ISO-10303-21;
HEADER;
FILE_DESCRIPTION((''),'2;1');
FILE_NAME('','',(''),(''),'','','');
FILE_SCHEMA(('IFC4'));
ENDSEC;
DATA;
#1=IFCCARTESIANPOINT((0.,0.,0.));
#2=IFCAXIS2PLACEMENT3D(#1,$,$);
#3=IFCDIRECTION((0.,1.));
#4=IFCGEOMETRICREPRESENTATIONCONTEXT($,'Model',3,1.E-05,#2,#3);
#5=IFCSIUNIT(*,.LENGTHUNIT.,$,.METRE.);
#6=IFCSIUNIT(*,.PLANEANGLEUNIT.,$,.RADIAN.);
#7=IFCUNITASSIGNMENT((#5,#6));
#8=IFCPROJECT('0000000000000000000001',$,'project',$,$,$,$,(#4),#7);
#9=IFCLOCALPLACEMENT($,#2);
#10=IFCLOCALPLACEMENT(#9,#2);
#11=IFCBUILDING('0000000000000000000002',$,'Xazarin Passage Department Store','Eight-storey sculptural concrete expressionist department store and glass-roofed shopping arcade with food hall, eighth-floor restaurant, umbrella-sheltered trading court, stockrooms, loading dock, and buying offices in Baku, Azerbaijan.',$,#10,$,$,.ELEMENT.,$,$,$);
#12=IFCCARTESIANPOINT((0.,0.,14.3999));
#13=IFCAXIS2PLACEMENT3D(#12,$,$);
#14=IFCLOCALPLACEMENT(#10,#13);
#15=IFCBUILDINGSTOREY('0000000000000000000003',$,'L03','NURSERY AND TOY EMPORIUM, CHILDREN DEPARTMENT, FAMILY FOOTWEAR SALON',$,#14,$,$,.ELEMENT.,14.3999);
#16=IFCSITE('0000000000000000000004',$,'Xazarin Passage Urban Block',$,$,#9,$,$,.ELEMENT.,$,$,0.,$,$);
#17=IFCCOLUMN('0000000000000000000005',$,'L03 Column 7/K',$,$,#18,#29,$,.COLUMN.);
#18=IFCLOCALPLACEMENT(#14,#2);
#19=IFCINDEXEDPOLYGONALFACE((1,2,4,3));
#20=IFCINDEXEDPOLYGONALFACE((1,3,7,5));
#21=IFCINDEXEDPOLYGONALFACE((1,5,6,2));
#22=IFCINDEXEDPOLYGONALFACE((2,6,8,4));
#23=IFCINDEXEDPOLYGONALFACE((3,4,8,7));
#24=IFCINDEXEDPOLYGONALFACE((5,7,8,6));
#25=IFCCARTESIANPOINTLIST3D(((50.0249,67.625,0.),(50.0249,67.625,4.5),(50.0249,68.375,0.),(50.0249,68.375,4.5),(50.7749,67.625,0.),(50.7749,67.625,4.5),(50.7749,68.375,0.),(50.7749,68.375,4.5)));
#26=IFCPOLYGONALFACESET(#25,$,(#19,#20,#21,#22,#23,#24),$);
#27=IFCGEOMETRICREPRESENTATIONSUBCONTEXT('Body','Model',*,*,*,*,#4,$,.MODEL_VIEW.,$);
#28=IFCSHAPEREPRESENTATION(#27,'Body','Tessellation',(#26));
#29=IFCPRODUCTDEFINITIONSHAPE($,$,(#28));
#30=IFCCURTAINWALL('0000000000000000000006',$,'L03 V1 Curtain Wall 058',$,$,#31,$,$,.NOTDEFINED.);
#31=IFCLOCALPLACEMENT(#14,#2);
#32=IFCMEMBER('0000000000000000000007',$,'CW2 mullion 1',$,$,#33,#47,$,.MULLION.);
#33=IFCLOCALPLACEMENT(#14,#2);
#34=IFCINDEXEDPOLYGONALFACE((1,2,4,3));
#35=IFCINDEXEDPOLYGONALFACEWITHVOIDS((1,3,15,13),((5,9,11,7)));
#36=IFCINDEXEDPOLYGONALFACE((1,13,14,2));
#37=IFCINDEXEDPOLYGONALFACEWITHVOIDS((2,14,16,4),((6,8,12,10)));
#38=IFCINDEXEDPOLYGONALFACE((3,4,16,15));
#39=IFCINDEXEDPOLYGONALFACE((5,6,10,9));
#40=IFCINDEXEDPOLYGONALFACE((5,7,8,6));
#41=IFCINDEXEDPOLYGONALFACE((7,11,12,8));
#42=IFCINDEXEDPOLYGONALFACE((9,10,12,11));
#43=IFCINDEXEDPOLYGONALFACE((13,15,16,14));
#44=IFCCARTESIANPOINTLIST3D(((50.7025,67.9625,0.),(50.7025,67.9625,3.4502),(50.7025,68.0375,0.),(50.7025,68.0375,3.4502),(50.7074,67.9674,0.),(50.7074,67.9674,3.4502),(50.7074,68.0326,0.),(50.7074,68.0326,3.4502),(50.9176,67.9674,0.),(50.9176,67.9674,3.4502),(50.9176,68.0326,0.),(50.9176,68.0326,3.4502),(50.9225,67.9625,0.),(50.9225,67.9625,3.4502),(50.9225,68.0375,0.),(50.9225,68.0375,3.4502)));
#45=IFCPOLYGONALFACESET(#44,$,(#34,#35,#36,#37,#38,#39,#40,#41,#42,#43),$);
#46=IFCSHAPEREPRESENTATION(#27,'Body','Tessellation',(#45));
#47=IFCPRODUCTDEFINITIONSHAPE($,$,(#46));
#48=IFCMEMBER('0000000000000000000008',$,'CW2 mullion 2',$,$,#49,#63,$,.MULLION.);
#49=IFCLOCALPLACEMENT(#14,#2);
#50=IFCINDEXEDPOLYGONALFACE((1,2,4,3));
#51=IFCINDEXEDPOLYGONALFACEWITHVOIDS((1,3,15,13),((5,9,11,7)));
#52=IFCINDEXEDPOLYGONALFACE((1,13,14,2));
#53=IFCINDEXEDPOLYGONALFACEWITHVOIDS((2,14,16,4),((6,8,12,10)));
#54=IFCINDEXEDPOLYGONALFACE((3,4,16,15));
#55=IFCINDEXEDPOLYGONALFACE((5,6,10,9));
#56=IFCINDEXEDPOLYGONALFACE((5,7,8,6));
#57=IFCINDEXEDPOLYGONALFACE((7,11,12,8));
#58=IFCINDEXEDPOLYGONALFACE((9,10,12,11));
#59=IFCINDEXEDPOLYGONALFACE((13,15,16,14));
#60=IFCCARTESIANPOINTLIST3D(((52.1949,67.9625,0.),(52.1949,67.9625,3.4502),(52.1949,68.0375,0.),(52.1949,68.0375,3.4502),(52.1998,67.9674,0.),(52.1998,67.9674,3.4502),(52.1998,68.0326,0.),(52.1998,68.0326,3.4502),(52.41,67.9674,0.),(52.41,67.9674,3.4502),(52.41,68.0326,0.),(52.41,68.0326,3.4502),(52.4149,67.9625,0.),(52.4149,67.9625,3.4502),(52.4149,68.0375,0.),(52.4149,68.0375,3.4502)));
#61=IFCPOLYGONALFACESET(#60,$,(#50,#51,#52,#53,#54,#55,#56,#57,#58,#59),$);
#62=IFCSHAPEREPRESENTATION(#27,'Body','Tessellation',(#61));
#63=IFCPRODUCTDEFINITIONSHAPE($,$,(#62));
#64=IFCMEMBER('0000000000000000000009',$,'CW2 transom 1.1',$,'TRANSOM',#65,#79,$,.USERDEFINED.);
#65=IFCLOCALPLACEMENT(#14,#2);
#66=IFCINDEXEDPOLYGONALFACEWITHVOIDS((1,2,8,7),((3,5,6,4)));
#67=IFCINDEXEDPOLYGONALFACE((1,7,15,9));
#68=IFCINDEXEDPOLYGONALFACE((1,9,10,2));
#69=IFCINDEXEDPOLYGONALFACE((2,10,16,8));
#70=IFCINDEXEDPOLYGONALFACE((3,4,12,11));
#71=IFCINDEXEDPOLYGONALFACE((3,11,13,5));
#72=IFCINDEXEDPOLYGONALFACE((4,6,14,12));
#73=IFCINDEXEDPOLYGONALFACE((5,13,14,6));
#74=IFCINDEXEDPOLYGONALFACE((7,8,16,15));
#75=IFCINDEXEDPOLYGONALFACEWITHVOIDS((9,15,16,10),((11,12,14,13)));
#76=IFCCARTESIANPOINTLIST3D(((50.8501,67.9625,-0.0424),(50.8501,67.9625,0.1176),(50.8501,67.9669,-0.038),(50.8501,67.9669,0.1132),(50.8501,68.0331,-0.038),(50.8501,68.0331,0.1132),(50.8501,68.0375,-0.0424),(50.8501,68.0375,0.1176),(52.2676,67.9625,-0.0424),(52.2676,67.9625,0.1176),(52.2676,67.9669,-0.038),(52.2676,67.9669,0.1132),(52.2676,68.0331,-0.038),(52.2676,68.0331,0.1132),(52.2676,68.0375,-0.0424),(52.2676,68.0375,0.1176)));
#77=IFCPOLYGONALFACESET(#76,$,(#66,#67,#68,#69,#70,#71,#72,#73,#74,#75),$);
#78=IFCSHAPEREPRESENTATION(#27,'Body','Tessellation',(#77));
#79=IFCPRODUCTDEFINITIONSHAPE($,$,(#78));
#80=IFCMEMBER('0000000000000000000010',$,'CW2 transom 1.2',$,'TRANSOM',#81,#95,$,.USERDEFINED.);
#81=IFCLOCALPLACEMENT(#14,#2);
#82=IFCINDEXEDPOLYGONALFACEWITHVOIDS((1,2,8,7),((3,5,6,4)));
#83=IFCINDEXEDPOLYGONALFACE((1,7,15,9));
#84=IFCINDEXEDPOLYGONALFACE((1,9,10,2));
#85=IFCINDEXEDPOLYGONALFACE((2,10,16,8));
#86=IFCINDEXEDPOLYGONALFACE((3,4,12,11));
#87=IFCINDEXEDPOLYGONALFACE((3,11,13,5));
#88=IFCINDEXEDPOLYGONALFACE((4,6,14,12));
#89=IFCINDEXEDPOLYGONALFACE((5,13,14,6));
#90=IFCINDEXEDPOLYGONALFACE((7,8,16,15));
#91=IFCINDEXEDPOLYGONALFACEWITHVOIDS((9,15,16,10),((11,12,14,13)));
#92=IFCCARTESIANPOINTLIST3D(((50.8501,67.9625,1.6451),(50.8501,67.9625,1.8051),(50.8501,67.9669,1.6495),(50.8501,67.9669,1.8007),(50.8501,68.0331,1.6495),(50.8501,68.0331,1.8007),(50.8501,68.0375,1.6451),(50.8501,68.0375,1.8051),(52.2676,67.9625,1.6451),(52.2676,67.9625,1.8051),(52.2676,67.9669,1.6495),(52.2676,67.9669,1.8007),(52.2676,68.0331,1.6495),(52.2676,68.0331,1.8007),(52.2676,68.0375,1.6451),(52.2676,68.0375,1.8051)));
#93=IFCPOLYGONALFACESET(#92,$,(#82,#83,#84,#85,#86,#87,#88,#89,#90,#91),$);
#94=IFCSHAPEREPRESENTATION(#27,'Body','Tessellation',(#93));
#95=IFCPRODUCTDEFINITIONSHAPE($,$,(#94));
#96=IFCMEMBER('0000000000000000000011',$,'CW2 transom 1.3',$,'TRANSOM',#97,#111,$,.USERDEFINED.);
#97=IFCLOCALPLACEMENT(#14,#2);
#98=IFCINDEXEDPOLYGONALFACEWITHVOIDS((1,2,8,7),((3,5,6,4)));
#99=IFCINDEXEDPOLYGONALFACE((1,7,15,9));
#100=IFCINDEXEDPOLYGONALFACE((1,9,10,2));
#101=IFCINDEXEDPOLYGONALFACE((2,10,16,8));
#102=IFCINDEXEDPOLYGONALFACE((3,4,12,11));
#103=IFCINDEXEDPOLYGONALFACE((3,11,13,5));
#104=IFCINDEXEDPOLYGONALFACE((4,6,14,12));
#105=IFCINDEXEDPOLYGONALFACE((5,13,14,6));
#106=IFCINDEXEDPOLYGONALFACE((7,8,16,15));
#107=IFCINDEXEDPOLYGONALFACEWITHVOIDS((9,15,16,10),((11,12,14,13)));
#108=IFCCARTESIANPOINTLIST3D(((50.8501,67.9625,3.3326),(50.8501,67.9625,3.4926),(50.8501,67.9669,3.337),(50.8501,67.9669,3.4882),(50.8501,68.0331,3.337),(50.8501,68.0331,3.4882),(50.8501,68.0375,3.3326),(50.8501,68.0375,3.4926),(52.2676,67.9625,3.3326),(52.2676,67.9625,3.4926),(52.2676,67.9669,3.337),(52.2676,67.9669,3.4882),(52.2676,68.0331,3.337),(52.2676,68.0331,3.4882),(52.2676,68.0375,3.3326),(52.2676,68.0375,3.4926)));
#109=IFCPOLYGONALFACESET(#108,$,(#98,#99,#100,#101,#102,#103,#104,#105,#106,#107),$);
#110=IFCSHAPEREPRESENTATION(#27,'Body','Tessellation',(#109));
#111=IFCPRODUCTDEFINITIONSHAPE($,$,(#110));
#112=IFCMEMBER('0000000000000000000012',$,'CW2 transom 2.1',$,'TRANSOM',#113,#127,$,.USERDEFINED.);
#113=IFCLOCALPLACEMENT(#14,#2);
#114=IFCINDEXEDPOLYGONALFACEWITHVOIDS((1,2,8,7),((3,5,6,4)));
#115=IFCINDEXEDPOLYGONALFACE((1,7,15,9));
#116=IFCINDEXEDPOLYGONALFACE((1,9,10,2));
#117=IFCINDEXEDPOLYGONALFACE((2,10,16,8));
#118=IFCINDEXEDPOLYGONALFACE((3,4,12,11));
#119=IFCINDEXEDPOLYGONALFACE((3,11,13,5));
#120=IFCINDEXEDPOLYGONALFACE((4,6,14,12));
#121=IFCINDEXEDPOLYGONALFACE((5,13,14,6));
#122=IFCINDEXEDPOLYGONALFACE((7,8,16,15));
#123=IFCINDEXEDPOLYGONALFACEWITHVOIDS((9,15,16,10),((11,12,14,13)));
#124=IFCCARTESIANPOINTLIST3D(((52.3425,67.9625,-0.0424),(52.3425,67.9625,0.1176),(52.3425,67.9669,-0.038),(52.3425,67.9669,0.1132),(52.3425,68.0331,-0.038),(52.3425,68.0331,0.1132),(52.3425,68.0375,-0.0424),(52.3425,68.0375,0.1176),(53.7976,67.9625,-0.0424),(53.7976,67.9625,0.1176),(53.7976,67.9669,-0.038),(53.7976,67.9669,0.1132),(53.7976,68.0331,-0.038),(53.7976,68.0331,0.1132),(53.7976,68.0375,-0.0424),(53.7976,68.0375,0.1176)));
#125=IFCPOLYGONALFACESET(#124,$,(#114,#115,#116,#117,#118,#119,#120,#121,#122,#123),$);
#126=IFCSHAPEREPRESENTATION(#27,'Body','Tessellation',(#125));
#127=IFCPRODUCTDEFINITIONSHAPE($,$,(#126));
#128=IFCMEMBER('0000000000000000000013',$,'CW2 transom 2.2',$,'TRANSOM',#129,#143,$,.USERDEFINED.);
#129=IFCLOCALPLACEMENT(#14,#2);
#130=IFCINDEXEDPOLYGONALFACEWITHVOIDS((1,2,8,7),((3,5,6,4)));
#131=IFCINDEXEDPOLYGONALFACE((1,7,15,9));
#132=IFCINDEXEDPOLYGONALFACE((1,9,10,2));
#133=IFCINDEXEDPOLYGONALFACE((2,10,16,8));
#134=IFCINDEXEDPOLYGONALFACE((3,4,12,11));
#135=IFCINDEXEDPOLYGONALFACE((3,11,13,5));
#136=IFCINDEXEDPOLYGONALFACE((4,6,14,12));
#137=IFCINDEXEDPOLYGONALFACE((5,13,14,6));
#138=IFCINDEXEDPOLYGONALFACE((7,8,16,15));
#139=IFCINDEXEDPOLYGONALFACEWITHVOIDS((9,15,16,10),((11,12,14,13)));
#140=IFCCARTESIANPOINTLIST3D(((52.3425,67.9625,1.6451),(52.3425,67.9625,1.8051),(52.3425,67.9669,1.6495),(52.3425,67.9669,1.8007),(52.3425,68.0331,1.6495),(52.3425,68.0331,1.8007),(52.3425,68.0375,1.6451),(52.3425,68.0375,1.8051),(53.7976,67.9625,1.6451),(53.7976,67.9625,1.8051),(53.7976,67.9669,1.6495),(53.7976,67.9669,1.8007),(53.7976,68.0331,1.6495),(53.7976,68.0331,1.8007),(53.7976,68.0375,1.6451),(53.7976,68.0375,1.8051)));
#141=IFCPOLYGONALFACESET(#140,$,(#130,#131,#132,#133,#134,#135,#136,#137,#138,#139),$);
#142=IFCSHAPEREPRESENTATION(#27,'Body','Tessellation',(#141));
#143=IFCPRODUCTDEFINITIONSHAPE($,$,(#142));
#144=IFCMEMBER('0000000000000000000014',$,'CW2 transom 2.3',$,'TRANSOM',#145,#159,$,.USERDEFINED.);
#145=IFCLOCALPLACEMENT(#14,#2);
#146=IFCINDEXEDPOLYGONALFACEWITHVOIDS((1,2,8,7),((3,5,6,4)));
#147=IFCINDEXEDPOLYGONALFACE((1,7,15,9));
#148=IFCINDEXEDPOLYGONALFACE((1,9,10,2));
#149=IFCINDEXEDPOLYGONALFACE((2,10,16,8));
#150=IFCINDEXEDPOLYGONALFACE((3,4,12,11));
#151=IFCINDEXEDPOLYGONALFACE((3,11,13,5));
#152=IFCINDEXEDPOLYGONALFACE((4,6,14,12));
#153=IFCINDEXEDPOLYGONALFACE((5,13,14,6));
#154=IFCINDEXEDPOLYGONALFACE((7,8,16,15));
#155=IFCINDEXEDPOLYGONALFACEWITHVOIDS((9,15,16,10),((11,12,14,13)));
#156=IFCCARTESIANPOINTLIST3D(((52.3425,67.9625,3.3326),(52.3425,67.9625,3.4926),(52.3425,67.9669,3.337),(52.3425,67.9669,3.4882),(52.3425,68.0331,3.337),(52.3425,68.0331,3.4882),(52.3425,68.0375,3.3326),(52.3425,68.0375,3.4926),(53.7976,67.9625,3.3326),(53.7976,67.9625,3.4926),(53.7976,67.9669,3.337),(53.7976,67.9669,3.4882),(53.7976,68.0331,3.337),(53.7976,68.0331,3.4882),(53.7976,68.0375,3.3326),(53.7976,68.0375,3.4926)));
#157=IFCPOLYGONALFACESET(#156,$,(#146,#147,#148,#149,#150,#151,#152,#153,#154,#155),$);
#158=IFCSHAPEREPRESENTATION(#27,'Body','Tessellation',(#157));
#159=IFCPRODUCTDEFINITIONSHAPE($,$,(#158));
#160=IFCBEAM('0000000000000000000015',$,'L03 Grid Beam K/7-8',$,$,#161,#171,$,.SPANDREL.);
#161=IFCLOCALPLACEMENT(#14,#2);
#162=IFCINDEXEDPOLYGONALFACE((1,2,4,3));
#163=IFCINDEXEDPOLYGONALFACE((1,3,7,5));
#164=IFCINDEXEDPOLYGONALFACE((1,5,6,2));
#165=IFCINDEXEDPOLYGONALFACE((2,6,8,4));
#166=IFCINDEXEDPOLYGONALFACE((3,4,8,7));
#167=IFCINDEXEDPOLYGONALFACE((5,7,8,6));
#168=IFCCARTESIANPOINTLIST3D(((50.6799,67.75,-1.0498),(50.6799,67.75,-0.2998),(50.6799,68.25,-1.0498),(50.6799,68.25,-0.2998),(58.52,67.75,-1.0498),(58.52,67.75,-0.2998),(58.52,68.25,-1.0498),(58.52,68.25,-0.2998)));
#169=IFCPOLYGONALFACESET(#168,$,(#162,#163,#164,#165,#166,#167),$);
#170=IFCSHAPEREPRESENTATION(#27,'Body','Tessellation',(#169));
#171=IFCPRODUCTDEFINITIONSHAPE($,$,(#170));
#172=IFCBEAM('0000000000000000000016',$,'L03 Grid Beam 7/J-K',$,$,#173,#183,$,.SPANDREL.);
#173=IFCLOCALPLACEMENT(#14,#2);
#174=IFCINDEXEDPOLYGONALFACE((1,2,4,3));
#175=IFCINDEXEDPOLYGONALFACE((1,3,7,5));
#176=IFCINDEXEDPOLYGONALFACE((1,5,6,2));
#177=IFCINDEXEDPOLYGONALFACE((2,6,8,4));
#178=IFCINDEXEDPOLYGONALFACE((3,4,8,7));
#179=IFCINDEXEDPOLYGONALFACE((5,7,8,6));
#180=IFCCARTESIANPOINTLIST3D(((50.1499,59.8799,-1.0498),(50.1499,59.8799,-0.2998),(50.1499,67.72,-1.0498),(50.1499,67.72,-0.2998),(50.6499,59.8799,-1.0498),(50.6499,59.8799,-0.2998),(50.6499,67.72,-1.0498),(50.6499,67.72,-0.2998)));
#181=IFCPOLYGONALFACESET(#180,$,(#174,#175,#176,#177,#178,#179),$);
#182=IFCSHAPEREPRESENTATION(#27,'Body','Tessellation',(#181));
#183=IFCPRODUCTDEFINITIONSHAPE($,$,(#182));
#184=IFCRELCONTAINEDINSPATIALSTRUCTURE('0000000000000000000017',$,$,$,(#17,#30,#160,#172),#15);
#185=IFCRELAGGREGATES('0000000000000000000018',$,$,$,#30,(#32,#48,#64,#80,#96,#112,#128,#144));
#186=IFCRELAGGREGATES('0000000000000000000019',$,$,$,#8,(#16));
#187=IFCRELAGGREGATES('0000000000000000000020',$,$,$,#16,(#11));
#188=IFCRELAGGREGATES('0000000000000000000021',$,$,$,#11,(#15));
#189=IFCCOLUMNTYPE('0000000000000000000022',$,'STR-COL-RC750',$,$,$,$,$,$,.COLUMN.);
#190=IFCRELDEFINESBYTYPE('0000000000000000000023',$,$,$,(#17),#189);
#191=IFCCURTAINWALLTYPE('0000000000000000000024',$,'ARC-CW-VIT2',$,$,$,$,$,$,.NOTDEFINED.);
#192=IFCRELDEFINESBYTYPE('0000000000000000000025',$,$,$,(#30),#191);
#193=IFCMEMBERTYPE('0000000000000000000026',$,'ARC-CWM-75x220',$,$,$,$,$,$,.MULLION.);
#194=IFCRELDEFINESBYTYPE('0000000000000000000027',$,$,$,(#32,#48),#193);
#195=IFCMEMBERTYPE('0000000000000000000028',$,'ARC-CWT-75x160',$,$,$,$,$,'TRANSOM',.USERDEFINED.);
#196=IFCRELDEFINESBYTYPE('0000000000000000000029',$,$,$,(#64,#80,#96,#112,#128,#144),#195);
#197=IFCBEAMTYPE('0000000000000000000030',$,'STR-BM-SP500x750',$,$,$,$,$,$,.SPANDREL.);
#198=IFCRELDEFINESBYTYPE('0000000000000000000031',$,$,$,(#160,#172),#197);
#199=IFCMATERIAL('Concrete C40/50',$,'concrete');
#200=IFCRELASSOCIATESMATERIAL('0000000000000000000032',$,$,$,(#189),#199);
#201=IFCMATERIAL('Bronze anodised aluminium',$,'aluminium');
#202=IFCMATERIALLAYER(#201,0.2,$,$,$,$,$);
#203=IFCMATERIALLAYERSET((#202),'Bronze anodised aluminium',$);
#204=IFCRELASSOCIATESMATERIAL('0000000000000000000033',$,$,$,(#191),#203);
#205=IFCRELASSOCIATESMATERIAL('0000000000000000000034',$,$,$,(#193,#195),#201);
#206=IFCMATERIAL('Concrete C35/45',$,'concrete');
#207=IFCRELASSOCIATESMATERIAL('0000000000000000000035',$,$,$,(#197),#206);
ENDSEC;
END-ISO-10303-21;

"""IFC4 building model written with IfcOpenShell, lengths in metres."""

from ifc_helpers import new_model, si_unit, direction, frame, origin, origin_2d, place, context, subcontext, project, spatial, rectangle, hollow_rectangle, extrude, material, layer, layer_set, material_profile, profile_set, type_object, element, aggregate, save


model = new_model("IFC4")

# Units and contexts
model_context = context("Model", 3, precision=1e-05, world=origin(), true_north=direction((0.0, 1.0)))
body_context = subcontext(model_context, "Body", "Model", "MODEL_VIEW")
ifc_project = project(units=[si_unit("LENGTHUNIT", "METRE"), si_unit("PLANEANGLEUNIT", "RADIAN")], contexts=[model_context])

# Site, building, storey
site_placement = place(None, origin())
site = spatial("IfcSite", under=ifc_project, at=site_placement, Name="Xazarin Passage Urban Block", CompositionType="ELEMENT", RefElevation=0.0)
building_placement = place(site_placement, origin())
building = spatial("IfcBuilding", under=site, at=building_placement, Name="Xazarin Passage Department Store", Description="Eight-storey sculptural concrete expressionist department store and glass-roofed shopping arcade with food hall, eighth-floor restaurant, umbrella-sheltered trading court, stockrooms, loading dock, and buying offices in Baku, Azerbaijan.", CompositionType="ELEMENT")
storey_placement = place(building_placement, frame((0.0, 0.0, 14.3999)))
storey = spatial("IfcBuildingStorey", under=building, at=storey_placement, Name="L03", Description="NURSERY AND TOY EMPORIUM, CHILDREN DEPARTMENT, FAMILY FOOTWEAR SALON", CompositionType="ELEMENT", Elevation=14.3999)

# Column
ifc_material_1 = material(Name="Concrete C40/50", Category="concrete")
ifc_material_profile_1 = material_profile(ifc_material_1, rectangle(XDim=0.75, YDim=0.75, at=origin_2d()), Name="RC 750x750")
ifc_profile_set_1 = profile_set([ifc_material_profile_1], Name="Concrete C40/50")
column_type = type_object("IfcColumnType", Name="STR-COL-RC750", PredefinedType="COLUMN", material=ifc_profile_set_1)
column_placement = place(storey_placement, frame((50.3999, 68.0, 0.0), z_axis=(0.0, 0.0, 1.0), x_axis=(1.0, 0.0, 0.0)))
element("IfcColumn", 1, at=column_placement, inside=storey, type_object=column_type, Name="L03 Column 7/K", PredefinedType="COLUMN", context=body_context, shape_type="SweptSolid", body=[
    extrude(rectangle(XDim=0.75, YDim=0.75, at=origin_2d()), origin(), (0.0, 0.0, 1.0), 4.5),
])

# Curtain wall, members
ifc_material_2 = material(Name="Bronze anodised aluminium", Category="aluminium")
ifc_layer_1 = layer(ifc_material_2, 0.2)
ifc_layer_set_1 = layer_set([ifc_layer_1], Name="Bronze anodised aluminium")
curtain_wall_type = type_object("IfcCurtainWallType", Name="ARC-CW-VIT2", PredefinedType="NOTDEFINED", material=ifc_layer_set_1)
curtain_wall_placement = place(storey_placement, origin())
curtain_wall = element("IfcCurtainWall", 2, at=curtain_wall_placement, inside=storey, type_object=curtain_wall_type, Name="L03 V1 Curtain Wall 058", PredefinedType="NOTDEFINED")
ifc_material_profile_2 = material_profile(ifc_material_2, hollow_rectangle(XDim=0.075, YDim=0.22, WallThickness=0.0049, at=origin_2d()), Name="ALU 75x220")
ifc_profile_set_2 = profile_set([ifc_material_profile_2], Name="Bronze anodised aluminium")
member_type_1 = type_object("IfcMemberType", Name="ARC-CWM-75x220", PredefinedType="MULLION", material=ifc_profile_set_2)
member_1_placement = place(storey_placement, frame((50.8125, 68.0, 0.0), z_axis=(0.0, 0.0, 1.0), x_axis=(0.0, 1.0, 0.0)))
member_1 = element("IfcMember", 3, at=member_1_placement, type_object=member_type_1, Name="CW2 mullion 1", PredefinedType="MULLION", context=body_context, shape_type="SweptSolid", body=[
    extrude(hollow_rectangle(XDim=0.075, YDim=0.22, WallThickness=0.0049, at=origin_2d()), origin(), (0.0, 0.0, 1.0), 3.4502),
])
member_2_placement = place(storey_placement, frame((52.3049, 68.0, 0.0), z_axis=(0.0, 0.0, 1.0), x_axis=(0.0, 1.0, 0.0)))
member_2 = element("IfcMember", 4, at=member_2_placement, type_object=member_type_1, Name="CW2 mullion 2", PredefinedType="MULLION", context=body_context, shape_type="SweptSolid", body=[
    extrude(hollow_rectangle(XDim=0.075, YDim=0.22, WallThickness=0.0049, at=origin_2d()), origin(), (0.0, 0.0, 1.0), 3.4502),
])
ifc_material_profile_3 = material_profile(ifc_material_2, hollow_rectangle(XDim=0.075, YDim=0.1599, WallThickness=0.0044, at=origin_2d()), Name="ALU 75x160")
ifc_profile_set_3 = profile_set([ifc_material_profile_3], Name="Bronze anodised aluminium")
member_type_2 = type_object("IfcMemberType", Name="ARC-CWT-75x160", ElementType="TRANSOM", PredefinedType="USERDEFINED", material=ifc_profile_set_3)
member_3_placement = place(storey_placement, frame((50.8501, 68.0, 0.0376), z_axis=(1.0, 0.0, 0.0), x_axis=(0.0, 1.0, 0.0)))
member_3 = element("IfcMember", 5, at=member_3_placement, type_object=member_type_2, Name="CW2 transom 1.1", ObjectType="TRANSOM", PredefinedType="USERDEFINED", context=body_context, shape_type="SweptSolid", body=[
    extrude(hollow_rectangle(XDim=0.075, YDim=0.1599, WallThickness=0.0044, at=origin_2d()), origin(), (0.0, 0.0, 1.0), 1.4175),
])
member_4_placement = place(storey_placement, frame((50.8501, 68.0, 1.7251), z_axis=(1.0, 0.0, 0.0), x_axis=(0.0, 1.0, 0.0)))
member_4 = element("IfcMember", 6, at=member_4_placement, type_object=member_type_2, Name="CW2 transom 1.2", ObjectType="TRANSOM", PredefinedType="USERDEFINED", context=body_context, shape_type="SweptSolid", body=[
    extrude(hollow_rectangle(XDim=0.075, YDim=0.1599, WallThickness=0.0044, at=origin_2d()), origin(), (0.0, 0.0, 1.0), 1.4175),
])
member_5_placement = place(storey_placement, frame((50.8501, 68.0, 3.4126), z_axis=(1.0, 0.0, 0.0), x_axis=(0.0, 1.0, 0.0)))
member_5 = element("IfcMember", 7, at=member_5_placement, type_object=member_type_2, Name="CW2 transom 1.3", ObjectType="TRANSOM", PredefinedType="USERDEFINED", context=body_context, shape_type="SweptSolid", body=[
    extrude(hollow_rectangle(XDim=0.075, YDim=0.1599, WallThickness=0.0044, at=origin_2d()), origin(), (0.0, 0.0, 1.0), 1.4175),
])
member_6_placement = place(storey_placement, frame((52.3425, 68.0, 0.0376), z_axis=(1.0, 0.0, 0.0), x_axis=(0.0, 1.0, 0.0)))
member_6 = element("IfcMember", 8, at=member_6_placement, type_object=member_type_2, Name="CW2 transom 2.1", ObjectType="TRANSOM", PredefinedType="USERDEFINED", context=body_context, shape_type="SweptSolid", body=[
    extrude(hollow_rectangle(XDim=0.075, YDim=0.1599, WallThickness=0.0044, at=origin_2d()), origin(), (0.0, 0.0, 1.0), 1.4551),
])
member_7_placement = place(storey_placement, frame((52.3425, 68.0, 1.7251), z_axis=(1.0, 0.0, 0.0), x_axis=(0.0, 1.0, 0.0)))
member_7 = element("IfcMember", 9, at=member_7_placement, type_object=member_type_2, Name="CW2 transom 2.2", ObjectType="TRANSOM", PredefinedType="USERDEFINED", context=body_context, shape_type="SweptSolid", body=[
    extrude(hollow_rectangle(XDim=0.075, YDim=0.1599, WallThickness=0.0044, at=origin_2d()), origin(), (0.0, 0.0, 1.0), 1.4551),
])
member_8_placement = place(storey_placement, frame((52.3425, 68.0, 3.4126), z_axis=(1.0, 0.0, 0.0), x_axis=(0.0, 1.0, 0.0)))
member_8 = element("IfcMember", 10, at=member_8_placement, type_object=member_type_2, Name="CW2 transom 2.3", ObjectType="TRANSOM", PredefinedType="USERDEFINED", context=body_context, shape_type="SweptSolid", body=[
    extrude(hollow_rectangle(XDim=0.075, YDim=0.1599, WallThickness=0.0044, at=origin_2d()), origin(), (0.0, 0.0, 1.0), 1.4551),
])

# Beams
ifc_material_3 = material(Name="Concrete C35/45", Category="concrete")
ifc_material_profile_4 = material_profile(ifc_material_3, rectangle(XDim=0.5, YDim=0.75, at=origin_2d()), Name="RC 500x750")
ifc_profile_set_4 = profile_set([ifc_material_profile_4], Name="Concrete C35/45")
beam_type = type_object("IfcBeamType", Name="STR-BM-SP500x750", PredefinedType="SPANDREL", material=ifc_profile_set_4)
for number, where, z_axis, x_axis, name in (
    (11, (50.6799, 68.0, -0.6748), (1.0, 0.0, 0.0), (0.0, 1.0, 0.0), "L03 Grid Beam K/7-8"),
    (12, (50.3999, 59.8799, -0.6748), (0.0, 1.0, 0.0), (-1.0, 0.0, 0.0), "L03 Grid Beam 7/J-K"),
):
    element("IfcBeam", number, at=place(storey_placement, frame(where, z_axis=z_axis, x_axis=x_axis)), inside=storey, type_object=beam_type, Name=name, PredefinedType="SPANDREL", context=body_context, shape_type="SweptSolid", body=[
        extrude(rectangle(XDim=0.5, YDim=0.75, at=origin_2d()), origin(), (0.0, 0.0, 1.0), 7.8401),
    ])

aggregate(curtain_wall, [member_1, member_2, member_3, member_4, member_5, member_6, member_7, member_8])

save(model, "model.ifc")
